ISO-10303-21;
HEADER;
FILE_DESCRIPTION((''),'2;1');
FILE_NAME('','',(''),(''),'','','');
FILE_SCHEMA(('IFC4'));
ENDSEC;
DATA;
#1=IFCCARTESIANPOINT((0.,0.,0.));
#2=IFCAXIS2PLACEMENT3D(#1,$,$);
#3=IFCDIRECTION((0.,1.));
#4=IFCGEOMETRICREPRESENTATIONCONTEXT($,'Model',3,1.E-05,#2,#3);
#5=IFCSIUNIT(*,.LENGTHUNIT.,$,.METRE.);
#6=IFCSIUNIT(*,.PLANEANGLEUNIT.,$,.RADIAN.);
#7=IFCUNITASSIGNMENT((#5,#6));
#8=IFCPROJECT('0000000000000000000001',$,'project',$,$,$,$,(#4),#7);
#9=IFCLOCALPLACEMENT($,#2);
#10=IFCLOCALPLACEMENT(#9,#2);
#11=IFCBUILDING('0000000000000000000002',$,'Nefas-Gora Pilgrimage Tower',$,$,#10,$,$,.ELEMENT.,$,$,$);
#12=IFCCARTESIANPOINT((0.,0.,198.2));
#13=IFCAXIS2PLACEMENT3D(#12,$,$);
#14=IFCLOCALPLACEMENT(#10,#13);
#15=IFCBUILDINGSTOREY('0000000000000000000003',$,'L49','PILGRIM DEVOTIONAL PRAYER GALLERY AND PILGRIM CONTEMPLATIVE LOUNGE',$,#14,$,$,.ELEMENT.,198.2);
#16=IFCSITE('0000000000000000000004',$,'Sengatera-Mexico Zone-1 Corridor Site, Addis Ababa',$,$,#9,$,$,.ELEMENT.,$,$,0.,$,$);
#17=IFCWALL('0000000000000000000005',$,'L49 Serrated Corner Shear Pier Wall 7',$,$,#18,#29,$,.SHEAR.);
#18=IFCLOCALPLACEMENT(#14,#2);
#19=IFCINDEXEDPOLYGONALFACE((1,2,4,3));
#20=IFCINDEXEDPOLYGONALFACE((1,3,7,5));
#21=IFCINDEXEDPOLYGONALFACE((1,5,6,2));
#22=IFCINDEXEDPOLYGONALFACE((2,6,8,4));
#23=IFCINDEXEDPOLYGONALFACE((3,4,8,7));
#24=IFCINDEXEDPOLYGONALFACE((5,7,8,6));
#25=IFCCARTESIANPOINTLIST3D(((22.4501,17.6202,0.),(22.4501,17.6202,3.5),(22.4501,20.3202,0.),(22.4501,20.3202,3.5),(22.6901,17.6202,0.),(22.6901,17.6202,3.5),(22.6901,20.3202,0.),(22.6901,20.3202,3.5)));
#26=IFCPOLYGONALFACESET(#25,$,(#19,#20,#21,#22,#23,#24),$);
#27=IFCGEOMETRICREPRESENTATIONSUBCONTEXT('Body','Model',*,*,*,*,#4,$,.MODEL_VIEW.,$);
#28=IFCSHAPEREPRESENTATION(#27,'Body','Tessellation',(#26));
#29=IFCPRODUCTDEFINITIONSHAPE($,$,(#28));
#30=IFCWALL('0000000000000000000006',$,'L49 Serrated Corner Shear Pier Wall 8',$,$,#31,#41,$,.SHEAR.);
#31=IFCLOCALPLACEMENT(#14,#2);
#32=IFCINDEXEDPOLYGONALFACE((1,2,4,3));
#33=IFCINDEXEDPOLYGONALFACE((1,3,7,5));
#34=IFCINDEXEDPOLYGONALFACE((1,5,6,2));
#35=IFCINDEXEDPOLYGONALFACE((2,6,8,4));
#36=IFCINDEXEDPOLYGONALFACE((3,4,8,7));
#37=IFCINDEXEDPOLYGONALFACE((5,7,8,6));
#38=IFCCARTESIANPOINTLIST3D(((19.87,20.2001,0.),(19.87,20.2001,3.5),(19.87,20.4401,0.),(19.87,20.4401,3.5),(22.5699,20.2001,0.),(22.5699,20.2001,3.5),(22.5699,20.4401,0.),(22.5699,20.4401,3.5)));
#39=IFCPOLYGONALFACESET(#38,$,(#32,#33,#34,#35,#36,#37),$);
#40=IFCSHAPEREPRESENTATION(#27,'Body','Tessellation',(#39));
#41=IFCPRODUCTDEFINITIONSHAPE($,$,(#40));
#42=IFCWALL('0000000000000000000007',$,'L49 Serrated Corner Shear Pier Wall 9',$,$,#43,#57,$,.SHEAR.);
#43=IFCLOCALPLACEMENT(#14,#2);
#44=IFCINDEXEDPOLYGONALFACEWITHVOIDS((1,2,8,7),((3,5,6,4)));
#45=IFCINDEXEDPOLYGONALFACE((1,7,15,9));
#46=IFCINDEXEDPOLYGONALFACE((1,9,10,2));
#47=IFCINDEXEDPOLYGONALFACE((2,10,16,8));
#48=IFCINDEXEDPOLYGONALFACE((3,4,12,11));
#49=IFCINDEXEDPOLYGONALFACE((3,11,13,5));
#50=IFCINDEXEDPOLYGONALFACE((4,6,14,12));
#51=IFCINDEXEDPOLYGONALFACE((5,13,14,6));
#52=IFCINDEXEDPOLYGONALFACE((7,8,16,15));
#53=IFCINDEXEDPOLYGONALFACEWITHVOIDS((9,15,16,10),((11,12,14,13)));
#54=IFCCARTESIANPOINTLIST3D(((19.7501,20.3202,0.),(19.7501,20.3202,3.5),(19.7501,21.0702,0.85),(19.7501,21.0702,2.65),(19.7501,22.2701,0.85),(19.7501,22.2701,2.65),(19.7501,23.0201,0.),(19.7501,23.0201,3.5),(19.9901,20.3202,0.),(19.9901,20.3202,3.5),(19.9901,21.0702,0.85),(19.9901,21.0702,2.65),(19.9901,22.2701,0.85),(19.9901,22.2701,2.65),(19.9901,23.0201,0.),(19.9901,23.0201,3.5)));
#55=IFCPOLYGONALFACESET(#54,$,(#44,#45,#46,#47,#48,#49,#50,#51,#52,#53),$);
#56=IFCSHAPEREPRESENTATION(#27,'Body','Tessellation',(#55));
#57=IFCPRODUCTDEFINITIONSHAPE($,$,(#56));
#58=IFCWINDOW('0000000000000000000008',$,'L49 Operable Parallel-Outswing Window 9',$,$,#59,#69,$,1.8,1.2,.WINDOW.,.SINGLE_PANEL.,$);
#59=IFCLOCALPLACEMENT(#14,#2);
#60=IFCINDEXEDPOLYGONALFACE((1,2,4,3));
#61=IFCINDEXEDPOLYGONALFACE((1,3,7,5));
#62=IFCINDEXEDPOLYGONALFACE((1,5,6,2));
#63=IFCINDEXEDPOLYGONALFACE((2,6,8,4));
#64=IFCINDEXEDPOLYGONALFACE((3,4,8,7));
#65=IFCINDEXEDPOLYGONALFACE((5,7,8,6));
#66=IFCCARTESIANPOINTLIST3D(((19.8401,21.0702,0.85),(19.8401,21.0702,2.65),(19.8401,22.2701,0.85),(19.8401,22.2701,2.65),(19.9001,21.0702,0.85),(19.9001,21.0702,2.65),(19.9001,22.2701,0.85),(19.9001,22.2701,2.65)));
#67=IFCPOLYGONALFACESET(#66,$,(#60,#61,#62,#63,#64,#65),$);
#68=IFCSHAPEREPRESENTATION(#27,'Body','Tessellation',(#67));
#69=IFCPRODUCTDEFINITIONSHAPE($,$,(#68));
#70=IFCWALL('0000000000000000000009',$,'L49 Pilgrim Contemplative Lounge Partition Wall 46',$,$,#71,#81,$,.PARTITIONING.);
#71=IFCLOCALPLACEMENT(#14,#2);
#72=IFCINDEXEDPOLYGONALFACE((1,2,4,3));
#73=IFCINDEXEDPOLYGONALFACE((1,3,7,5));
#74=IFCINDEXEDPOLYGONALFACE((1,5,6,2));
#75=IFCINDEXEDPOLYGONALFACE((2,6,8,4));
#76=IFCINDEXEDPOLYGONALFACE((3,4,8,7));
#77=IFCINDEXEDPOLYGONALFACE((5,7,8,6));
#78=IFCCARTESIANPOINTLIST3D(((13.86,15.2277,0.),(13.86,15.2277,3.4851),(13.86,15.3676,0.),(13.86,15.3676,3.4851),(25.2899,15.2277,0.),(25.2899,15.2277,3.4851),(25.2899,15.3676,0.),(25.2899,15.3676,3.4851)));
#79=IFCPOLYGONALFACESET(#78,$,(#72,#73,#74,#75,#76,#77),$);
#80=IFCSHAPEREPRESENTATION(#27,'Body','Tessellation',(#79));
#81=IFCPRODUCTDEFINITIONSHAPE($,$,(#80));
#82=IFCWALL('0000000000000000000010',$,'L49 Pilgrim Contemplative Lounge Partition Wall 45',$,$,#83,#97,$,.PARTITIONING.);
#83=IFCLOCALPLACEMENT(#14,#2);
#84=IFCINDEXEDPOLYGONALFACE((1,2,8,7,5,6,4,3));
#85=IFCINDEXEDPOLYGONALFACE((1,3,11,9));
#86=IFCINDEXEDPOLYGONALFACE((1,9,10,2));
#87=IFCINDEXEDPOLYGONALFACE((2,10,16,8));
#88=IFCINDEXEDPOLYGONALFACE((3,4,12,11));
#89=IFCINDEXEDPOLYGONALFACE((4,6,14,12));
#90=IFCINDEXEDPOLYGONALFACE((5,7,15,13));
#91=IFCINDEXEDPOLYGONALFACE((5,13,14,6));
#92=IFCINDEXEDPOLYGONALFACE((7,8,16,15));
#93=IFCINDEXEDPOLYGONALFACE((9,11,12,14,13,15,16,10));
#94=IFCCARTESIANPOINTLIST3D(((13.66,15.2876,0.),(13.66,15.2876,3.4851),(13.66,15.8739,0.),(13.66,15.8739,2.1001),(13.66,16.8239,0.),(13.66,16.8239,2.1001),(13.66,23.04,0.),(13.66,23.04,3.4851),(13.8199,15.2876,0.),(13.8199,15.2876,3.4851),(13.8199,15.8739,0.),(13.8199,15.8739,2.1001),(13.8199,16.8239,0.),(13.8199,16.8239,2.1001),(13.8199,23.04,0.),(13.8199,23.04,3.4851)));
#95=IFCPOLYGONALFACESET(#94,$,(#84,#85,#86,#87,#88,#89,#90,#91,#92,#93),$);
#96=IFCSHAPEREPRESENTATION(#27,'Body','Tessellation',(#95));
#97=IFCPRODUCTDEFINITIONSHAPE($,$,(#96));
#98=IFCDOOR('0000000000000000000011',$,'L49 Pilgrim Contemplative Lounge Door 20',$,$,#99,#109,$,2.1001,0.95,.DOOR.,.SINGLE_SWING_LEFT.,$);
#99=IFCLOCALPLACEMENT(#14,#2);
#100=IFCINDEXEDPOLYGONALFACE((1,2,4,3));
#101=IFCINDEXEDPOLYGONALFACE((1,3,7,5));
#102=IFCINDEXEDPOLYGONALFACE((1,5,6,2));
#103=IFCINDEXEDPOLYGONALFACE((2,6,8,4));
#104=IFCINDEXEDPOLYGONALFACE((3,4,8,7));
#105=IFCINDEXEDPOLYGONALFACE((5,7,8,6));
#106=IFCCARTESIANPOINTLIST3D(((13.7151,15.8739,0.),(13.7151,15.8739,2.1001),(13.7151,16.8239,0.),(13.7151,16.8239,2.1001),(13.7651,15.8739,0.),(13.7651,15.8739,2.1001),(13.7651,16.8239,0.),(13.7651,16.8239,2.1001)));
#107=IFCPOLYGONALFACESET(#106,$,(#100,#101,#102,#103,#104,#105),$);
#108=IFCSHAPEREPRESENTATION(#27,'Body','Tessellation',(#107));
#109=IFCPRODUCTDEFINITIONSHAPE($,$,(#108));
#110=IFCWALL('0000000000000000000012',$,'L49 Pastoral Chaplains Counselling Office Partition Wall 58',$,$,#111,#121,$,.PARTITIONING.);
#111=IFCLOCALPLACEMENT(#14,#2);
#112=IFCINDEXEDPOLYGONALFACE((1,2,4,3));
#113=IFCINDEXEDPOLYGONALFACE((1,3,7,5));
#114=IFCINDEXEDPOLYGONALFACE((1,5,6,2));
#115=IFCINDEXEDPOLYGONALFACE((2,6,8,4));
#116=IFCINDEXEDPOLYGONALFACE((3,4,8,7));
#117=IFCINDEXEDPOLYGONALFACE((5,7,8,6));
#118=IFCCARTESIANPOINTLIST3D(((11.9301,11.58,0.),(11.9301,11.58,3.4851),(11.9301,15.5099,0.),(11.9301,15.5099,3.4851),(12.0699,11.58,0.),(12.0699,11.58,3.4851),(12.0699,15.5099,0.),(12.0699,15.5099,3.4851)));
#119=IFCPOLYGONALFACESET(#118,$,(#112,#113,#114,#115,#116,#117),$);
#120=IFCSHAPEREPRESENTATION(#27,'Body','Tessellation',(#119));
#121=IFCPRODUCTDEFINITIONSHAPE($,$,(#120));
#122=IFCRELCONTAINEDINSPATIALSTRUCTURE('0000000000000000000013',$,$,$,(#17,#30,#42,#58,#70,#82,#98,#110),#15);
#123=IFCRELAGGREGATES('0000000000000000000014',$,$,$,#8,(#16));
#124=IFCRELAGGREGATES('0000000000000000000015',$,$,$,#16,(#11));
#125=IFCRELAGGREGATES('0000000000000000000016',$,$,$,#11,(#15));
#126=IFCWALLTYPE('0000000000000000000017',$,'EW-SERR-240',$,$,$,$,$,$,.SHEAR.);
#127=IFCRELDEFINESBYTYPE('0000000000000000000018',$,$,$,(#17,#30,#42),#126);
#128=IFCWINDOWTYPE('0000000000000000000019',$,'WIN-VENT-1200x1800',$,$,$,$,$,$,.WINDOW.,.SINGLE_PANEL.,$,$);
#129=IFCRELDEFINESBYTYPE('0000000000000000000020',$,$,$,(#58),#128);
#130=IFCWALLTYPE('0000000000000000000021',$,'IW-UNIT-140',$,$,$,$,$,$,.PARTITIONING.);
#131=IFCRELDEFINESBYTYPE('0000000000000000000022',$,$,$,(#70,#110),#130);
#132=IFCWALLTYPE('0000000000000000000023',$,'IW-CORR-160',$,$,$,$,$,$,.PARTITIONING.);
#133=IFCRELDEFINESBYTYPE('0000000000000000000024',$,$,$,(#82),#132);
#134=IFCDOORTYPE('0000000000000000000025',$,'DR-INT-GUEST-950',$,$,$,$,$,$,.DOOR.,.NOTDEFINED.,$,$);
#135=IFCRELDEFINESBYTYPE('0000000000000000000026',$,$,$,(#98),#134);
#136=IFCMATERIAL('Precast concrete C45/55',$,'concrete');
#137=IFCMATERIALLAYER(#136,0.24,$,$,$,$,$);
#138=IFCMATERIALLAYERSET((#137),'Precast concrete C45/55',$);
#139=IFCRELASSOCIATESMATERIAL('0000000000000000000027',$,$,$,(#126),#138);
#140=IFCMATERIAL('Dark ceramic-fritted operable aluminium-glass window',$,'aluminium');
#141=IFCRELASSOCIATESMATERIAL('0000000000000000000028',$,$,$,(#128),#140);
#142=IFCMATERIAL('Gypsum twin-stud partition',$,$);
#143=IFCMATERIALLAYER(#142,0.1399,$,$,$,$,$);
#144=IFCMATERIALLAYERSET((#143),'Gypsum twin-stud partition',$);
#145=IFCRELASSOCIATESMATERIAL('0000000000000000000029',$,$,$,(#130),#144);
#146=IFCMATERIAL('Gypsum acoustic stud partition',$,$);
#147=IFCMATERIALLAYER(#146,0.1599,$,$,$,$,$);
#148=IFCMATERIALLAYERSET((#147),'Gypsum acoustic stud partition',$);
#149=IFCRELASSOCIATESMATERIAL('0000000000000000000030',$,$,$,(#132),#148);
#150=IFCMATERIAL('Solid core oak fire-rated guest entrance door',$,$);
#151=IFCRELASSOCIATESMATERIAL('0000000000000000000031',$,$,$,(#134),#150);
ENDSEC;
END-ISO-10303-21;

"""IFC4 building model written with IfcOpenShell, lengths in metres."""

from ifc_helpers import new_model, si_unit, direction, frame, frame_2d, origin, place, context, subcontext, project, spatial, rectangle, extrude, source, transform, mapped, material, layer, layer_set, type_object, element, fill, save


model = new_model("IFC4")

# Units and contexts
model_context = context("Model", 3, precision=1e-05, world=origin(), true_north=direction((0.0, 1.0)))
body_context = subcontext(model_context, "Body", "Model", "MODEL_VIEW")
ifc_project = project(units=[si_unit("LENGTHUNIT", "METRE"), si_unit("PLANEANGLEUNIT", "RADIAN")], contexts=[model_context])

# Site, building, storey
site_placement = place(None, origin())
site = spatial("IfcSite", under=ifc_project, at=site_placement, Name="Sengatera-Mexico Zone-1 Corridor Site, Addis Ababa", CompositionType="ELEMENT", RefElevation=0.0)
building_placement = place(site_placement, origin())
building = spatial("IfcBuilding", under=site, at=building_placement, Name="Nefas-Gora Pilgrimage Tower", CompositionType="ELEMENT")
storey_placement = place(building_placement, frame((0.0, 0.0, 198.2)))
storey = spatial("IfcBuildingStorey", under=building, at=storey_placement, Name="L49", Description="PILGRIM DEVOTIONAL PRAYER GALLERY AND PILGRIM CONTEMPLATIVE LOUNGE", CompositionType="ELEMENT", Elevation=198.2)

# Walls
ifc_material_1 = material(Name="Precast concrete C45/55", Category="concrete")
ifc_layer_1 = layer(ifc_material_1, 0.24)
ifc_layer_set_1 = layer_set([ifc_layer_1], Name="Precast concrete C45/55")
wall_type_1 = type_object("IfcWallType", Name="EW-SERR-240", PredefinedType="SHEAR", material=ifc_layer_set_1)
shared_shape_1 = source(origin(), body_context, "Body", "SweptSolid", [
    extrude(rectangle(XDim=2.7, YDim=0.24, at=frame_2d((1.3501, 0.0))), origin(), (0.0, 0.0, 1.0), 3.5),
])
for number, where, z_axis, x_axis, name in (
    (1, (22.5701, 17.6201, 0.0), (0.0, 0.0, 1.0), (0.0, 1.0, 0.0), "L49 Serrated Corner Shear Pier Wall 7"),
    (2, (22.5701, 20.3201, 0.0), (0.0, 0.0, 1.0), (-1.0, 0.0, 0.0), "L49 Serrated Corner Shear Pier Wall 8"),
):
    element("IfcWall", number, at=place(storey_placement, frame(where, z_axis=z_axis, x_axis=x_axis)), inside=storey, type_object=wall_type_1, Name=name, PredefinedType="SHEAR", context=body_context, shape_type="MappedRepresentation", body=[
        mapped(shared_shape_1, transform((0.0, 0.0, 0.0), x_axis=(1.0, 0.0, 0.0), y_axis=(0.0, 1.0, 0.0), z_axis=(0.0, 0.0, 1.0), scale=1.0)),
    ])

# Wall, opening, window
wall_1_placement = place(storey_placement, frame((19.8701, 20.3201, 0.0), z_axis=(0.0, 0.0, 1.0), x_axis=(0.0, 1.0, 0.0)))
wall_1 = element("IfcWall", 3, at=wall_1_placement, inside=storey, type_object=wall_type_1, Name="L49 Serrated Corner Shear Pier Wall 9", PredefinedType="SHEAR", context=body_context, shape_type="MappedRepresentation", body=[
    mapped(shared_shape_1, transform((0.0, 0.0, 0.0), x_axis=(1.0, 0.0, 0.0), y_axis=(0.0, 1.0, 0.0), z_axis=(0.0, 0.0, 1.0), scale=1.0)),
])
opening_1_placement = place(wall_1_placement, frame((0.75, 0.0, 0.8501)))
opening_1 = element("IfcOpeningElement", 4, at=opening_1_placement, cuts=wall_1, PredefinedType="OPENING", context=body_context, shape_type="SweptSolid", body=[
    extrude(rectangle(XDim=1.2, YDim=1.8, at=frame_2d((0.6001, 0.8999))), frame((0.0, 0.1299, 0.0), z_axis=(0.0, -1.0, 0.0), x_axis=(1.0, 0.0, 0.0)), (0.0, 0.0, 1.0), 0.26),
])
ifc_material_2 = material(Name="Dark ceramic-fritted operable aluminium-glass window", Category="aluminium")
window_type = type_object("IfcWindowType", Name="WIN-VENT-1200x1800", PartitioningType="SINGLE_PANEL", PredefinedType="WINDOW", material=ifc_material_2)
shared_shape_2 = source(origin(), body_context, "Body", "SweptSolid", [
    extrude(rectangle(XDim=1.2, YDim=1.8, at=frame_2d((0.6001, 0.8999))), frame((0.0, 0.03, 0.0), z_axis=(0.0, -1.0, 0.0), x_axis=(1.0, 0.0, 0.0)), (0.0, 0.0, 1.0), 0.0601),
])
window_placement = place(opening_1_placement, origin())
window = element("IfcWindow", 5, at=window_placement, inside=storey, type_object=window_type, Name="L49 Operable Parallel-Outswing Window 9", OverallHeight=1.8, OverallWidth=1.2, PartitioningType="SINGLE_PANEL", PredefinedType="WINDOW", context=body_context, shape_type="MappedRepresentation", body=[
    mapped(shared_shape_2, transform((0.0, 0.0, 0.0), x_axis=(1.0, 0.0, 0.0), y_axis=(0.0, 1.0, 0.0), z_axis=(0.0, 0.0, 1.0), scale=1.0)),
])
fill(opening_1, window)

# Wall
ifc_material_3 = material(Name="Gypsum twin-stud partition")
ifc_layer_2 = layer(ifc_material_3, 0.1399)
ifc_layer_set_2 = layer_set([ifc_layer_2], Name="Gypsum twin-stud partition")
wall_type_2 = type_object("IfcWallType", Name="IW-UNIT-140", PredefinedType="PARTITIONING", material=ifc_layer_set_2)
shared_shape_3 = source(origin(), body_context, "Body", "SweptSolid", [
    extrude(rectangle(XDim=11.4299, YDim=0.1399, at=frame_2d((5.7148, 0.0))), origin(), (0.0, 0.0, 1.0), 3.4851),
])
wall_2_placement = place(storey_placement, frame((13.8601, 15.2976, 0.0), z_axis=(0.0, 0.0, 1.0), x_axis=(1.0, 0.0, 0.0)))
element("IfcWall", 6, at=wall_2_placement, inside=storey, type_object=wall_type_2, Name="L49 Pilgrim Contemplative Lounge Partition Wall 46", PredefinedType="PARTITIONING", context=body_context, shape_type="MappedRepresentation", body=[
    mapped(shared_shape_3, transform((0.0, 0.0, 0.0), x_axis=(1.0, 0.0, 0.0), y_axis=(0.0, 1.0, 0.0), z_axis=(0.0, 0.0, 1.0), scale=1.0)),
])

# Wall, opening, door
ifc_material_4 = material(Name="Gypsum acoustic stud partition")
ifc_layer_3 = layer(ifc_material_4, 0.1599)
ifc_layer_set_3 = layer_set([ifc_layer_3], Name="Gypsum acoustic stud partition")
wall_type_3 = type_object("IfcWallType", Name="IW-CORR-160", PredefinedType="PARTITIONING", material=ifc_layer_set_3)
shared_shape_4 = source(origin(), body_context, "Body", "SweptSolid", [
    extrude(rectangle(XDim=7.7524, YDim=0.1599, at=frame_2d((3.8762, 0.0))), origin(), (0.0, 0.0, 1.0), 3.4851),
])
wall_3_placement = place(storey_placement, frame((13.74, 15.2876, 0.0), z_axis=(0.0, 0.0, 1.0), x_axis=(0.0, 1.0, 0.0)))
wall_3 = element("IfcWall", 7, at=wall_3_placement, inside=storey, type_object=wall_type_3, Name="L49 Pilgrim Contemplative Lounge Partition Wall 45", PredefinedType="PARTITIONING", context=body_context, shape_type="MappedRepresentation", body=[
    mapped(shared_shape_4, transform((0.0, 0.0, 0.0), x_axis=(1.0, 0.0, 0.0), y_axis=(0.0, 1.0, 0.0), z_axis=(0.0, 0.0, 1.0), scale=1.0)),
])
opening_2_placement = place(wall_3_placement, frame((0.5862, 0.0, 0.0)))
opening_2 = element("IfcOpeningElement", 8, at=opening_2_placement, cuts=wall_3, PredefinedType="OPENING", context=body_context, shape_type="SweptSolid", body=[
    extrude(rectangle(XDim=0.95, YDim=2.1001, at=frame_2d((0.4751, 1.05))), frame((0.0, 0.0898, 0.0), z_axis=(0.0, -1.0, 0.0), x_axis=(1.0, 0.0, 0.0)), (0.0, 0.0, 1.0), 0.1799),
])
ifc_material_5 = material(Name="Solid core oak fire-rated guest entrance door")
door_type = type_object("IfcDoorType", Name="DR-INT-GUEST-950", OperationType="NOTDEFINED", PredefinedType="DOOR", material=ifc_material_5)
shared_shape_5 = source(origin(), body_context, "Body", "SweptSolid", [
    extrude(rectangle(XDim=0.95, YDim=2.1001, at=frame_2d((0.4751, 1.05))), frame((0.0, 0.0249, 0.0), z_axis=(0.0, -1.0, 0.0), x_axis=(1.0, 0.0, 0.0)), (0.0, 0.0, 1.0), 0.05),
])
door_placement = place(opening_2_placement, origin())
door = element("IfcDoor", 9, at=door_placement, inside=storey, type_object=door_type, Name="L49 Pilgrim Contemplative Lounge Door 20", OperationType="SINGLE_SWING_LEFT", OverallHeight=2.1001, OverallWidth=0.95, PredefinedType="DOOR", context=body_context, shape_type="MappedRepresentation", body=[
    mapped(shared_shape_5, transform((0.0, 0.0, 0.0), x_axis=(1.0, 0.0, 0.0), y_axis=(0.0, 1.0, 0.0), z_axis=(0.0, 0.0, 1.0), scale=1.0)),
])
fill(opening_2, door)

# Wall
shared_shape_6 = source(origin(), body_context, "Body", "SweptSolid", [
    extrude(rectangle(XDim=3.9299, YDim=0.1399, at=frame_2d((1.9648, 0.0))), origin(), (0.0, 0.0, 1.0), 3.4851),
])
wall_4_placement = place(storey_placement, frame((12.0, 11.5801, 0.0), z_axis=(0.0, 0.0, 1.0), x_axis=(0.0, 1.0, 0.0)))
element("IfcWall", 10, at=wall_4_placement, inside=storey, type_object=wall_type_2, Name="L49 Pastoral Chaplains Counselling Office Partition Wall 58", PredefinedType="PARTITIONING", context=body_context, shape_type="MappedRepresentation", body=[
    mapped(shared_shape_6, transform((0.0, 0.0, 0.0), x_axis=(1.0, 0.0, 0.0), y_axis=(0.0, 1.0, 0.0), z_axis=(0.0, 0.0, 1.0), scale=1.0)),
])

save(model, "model.ifc")
